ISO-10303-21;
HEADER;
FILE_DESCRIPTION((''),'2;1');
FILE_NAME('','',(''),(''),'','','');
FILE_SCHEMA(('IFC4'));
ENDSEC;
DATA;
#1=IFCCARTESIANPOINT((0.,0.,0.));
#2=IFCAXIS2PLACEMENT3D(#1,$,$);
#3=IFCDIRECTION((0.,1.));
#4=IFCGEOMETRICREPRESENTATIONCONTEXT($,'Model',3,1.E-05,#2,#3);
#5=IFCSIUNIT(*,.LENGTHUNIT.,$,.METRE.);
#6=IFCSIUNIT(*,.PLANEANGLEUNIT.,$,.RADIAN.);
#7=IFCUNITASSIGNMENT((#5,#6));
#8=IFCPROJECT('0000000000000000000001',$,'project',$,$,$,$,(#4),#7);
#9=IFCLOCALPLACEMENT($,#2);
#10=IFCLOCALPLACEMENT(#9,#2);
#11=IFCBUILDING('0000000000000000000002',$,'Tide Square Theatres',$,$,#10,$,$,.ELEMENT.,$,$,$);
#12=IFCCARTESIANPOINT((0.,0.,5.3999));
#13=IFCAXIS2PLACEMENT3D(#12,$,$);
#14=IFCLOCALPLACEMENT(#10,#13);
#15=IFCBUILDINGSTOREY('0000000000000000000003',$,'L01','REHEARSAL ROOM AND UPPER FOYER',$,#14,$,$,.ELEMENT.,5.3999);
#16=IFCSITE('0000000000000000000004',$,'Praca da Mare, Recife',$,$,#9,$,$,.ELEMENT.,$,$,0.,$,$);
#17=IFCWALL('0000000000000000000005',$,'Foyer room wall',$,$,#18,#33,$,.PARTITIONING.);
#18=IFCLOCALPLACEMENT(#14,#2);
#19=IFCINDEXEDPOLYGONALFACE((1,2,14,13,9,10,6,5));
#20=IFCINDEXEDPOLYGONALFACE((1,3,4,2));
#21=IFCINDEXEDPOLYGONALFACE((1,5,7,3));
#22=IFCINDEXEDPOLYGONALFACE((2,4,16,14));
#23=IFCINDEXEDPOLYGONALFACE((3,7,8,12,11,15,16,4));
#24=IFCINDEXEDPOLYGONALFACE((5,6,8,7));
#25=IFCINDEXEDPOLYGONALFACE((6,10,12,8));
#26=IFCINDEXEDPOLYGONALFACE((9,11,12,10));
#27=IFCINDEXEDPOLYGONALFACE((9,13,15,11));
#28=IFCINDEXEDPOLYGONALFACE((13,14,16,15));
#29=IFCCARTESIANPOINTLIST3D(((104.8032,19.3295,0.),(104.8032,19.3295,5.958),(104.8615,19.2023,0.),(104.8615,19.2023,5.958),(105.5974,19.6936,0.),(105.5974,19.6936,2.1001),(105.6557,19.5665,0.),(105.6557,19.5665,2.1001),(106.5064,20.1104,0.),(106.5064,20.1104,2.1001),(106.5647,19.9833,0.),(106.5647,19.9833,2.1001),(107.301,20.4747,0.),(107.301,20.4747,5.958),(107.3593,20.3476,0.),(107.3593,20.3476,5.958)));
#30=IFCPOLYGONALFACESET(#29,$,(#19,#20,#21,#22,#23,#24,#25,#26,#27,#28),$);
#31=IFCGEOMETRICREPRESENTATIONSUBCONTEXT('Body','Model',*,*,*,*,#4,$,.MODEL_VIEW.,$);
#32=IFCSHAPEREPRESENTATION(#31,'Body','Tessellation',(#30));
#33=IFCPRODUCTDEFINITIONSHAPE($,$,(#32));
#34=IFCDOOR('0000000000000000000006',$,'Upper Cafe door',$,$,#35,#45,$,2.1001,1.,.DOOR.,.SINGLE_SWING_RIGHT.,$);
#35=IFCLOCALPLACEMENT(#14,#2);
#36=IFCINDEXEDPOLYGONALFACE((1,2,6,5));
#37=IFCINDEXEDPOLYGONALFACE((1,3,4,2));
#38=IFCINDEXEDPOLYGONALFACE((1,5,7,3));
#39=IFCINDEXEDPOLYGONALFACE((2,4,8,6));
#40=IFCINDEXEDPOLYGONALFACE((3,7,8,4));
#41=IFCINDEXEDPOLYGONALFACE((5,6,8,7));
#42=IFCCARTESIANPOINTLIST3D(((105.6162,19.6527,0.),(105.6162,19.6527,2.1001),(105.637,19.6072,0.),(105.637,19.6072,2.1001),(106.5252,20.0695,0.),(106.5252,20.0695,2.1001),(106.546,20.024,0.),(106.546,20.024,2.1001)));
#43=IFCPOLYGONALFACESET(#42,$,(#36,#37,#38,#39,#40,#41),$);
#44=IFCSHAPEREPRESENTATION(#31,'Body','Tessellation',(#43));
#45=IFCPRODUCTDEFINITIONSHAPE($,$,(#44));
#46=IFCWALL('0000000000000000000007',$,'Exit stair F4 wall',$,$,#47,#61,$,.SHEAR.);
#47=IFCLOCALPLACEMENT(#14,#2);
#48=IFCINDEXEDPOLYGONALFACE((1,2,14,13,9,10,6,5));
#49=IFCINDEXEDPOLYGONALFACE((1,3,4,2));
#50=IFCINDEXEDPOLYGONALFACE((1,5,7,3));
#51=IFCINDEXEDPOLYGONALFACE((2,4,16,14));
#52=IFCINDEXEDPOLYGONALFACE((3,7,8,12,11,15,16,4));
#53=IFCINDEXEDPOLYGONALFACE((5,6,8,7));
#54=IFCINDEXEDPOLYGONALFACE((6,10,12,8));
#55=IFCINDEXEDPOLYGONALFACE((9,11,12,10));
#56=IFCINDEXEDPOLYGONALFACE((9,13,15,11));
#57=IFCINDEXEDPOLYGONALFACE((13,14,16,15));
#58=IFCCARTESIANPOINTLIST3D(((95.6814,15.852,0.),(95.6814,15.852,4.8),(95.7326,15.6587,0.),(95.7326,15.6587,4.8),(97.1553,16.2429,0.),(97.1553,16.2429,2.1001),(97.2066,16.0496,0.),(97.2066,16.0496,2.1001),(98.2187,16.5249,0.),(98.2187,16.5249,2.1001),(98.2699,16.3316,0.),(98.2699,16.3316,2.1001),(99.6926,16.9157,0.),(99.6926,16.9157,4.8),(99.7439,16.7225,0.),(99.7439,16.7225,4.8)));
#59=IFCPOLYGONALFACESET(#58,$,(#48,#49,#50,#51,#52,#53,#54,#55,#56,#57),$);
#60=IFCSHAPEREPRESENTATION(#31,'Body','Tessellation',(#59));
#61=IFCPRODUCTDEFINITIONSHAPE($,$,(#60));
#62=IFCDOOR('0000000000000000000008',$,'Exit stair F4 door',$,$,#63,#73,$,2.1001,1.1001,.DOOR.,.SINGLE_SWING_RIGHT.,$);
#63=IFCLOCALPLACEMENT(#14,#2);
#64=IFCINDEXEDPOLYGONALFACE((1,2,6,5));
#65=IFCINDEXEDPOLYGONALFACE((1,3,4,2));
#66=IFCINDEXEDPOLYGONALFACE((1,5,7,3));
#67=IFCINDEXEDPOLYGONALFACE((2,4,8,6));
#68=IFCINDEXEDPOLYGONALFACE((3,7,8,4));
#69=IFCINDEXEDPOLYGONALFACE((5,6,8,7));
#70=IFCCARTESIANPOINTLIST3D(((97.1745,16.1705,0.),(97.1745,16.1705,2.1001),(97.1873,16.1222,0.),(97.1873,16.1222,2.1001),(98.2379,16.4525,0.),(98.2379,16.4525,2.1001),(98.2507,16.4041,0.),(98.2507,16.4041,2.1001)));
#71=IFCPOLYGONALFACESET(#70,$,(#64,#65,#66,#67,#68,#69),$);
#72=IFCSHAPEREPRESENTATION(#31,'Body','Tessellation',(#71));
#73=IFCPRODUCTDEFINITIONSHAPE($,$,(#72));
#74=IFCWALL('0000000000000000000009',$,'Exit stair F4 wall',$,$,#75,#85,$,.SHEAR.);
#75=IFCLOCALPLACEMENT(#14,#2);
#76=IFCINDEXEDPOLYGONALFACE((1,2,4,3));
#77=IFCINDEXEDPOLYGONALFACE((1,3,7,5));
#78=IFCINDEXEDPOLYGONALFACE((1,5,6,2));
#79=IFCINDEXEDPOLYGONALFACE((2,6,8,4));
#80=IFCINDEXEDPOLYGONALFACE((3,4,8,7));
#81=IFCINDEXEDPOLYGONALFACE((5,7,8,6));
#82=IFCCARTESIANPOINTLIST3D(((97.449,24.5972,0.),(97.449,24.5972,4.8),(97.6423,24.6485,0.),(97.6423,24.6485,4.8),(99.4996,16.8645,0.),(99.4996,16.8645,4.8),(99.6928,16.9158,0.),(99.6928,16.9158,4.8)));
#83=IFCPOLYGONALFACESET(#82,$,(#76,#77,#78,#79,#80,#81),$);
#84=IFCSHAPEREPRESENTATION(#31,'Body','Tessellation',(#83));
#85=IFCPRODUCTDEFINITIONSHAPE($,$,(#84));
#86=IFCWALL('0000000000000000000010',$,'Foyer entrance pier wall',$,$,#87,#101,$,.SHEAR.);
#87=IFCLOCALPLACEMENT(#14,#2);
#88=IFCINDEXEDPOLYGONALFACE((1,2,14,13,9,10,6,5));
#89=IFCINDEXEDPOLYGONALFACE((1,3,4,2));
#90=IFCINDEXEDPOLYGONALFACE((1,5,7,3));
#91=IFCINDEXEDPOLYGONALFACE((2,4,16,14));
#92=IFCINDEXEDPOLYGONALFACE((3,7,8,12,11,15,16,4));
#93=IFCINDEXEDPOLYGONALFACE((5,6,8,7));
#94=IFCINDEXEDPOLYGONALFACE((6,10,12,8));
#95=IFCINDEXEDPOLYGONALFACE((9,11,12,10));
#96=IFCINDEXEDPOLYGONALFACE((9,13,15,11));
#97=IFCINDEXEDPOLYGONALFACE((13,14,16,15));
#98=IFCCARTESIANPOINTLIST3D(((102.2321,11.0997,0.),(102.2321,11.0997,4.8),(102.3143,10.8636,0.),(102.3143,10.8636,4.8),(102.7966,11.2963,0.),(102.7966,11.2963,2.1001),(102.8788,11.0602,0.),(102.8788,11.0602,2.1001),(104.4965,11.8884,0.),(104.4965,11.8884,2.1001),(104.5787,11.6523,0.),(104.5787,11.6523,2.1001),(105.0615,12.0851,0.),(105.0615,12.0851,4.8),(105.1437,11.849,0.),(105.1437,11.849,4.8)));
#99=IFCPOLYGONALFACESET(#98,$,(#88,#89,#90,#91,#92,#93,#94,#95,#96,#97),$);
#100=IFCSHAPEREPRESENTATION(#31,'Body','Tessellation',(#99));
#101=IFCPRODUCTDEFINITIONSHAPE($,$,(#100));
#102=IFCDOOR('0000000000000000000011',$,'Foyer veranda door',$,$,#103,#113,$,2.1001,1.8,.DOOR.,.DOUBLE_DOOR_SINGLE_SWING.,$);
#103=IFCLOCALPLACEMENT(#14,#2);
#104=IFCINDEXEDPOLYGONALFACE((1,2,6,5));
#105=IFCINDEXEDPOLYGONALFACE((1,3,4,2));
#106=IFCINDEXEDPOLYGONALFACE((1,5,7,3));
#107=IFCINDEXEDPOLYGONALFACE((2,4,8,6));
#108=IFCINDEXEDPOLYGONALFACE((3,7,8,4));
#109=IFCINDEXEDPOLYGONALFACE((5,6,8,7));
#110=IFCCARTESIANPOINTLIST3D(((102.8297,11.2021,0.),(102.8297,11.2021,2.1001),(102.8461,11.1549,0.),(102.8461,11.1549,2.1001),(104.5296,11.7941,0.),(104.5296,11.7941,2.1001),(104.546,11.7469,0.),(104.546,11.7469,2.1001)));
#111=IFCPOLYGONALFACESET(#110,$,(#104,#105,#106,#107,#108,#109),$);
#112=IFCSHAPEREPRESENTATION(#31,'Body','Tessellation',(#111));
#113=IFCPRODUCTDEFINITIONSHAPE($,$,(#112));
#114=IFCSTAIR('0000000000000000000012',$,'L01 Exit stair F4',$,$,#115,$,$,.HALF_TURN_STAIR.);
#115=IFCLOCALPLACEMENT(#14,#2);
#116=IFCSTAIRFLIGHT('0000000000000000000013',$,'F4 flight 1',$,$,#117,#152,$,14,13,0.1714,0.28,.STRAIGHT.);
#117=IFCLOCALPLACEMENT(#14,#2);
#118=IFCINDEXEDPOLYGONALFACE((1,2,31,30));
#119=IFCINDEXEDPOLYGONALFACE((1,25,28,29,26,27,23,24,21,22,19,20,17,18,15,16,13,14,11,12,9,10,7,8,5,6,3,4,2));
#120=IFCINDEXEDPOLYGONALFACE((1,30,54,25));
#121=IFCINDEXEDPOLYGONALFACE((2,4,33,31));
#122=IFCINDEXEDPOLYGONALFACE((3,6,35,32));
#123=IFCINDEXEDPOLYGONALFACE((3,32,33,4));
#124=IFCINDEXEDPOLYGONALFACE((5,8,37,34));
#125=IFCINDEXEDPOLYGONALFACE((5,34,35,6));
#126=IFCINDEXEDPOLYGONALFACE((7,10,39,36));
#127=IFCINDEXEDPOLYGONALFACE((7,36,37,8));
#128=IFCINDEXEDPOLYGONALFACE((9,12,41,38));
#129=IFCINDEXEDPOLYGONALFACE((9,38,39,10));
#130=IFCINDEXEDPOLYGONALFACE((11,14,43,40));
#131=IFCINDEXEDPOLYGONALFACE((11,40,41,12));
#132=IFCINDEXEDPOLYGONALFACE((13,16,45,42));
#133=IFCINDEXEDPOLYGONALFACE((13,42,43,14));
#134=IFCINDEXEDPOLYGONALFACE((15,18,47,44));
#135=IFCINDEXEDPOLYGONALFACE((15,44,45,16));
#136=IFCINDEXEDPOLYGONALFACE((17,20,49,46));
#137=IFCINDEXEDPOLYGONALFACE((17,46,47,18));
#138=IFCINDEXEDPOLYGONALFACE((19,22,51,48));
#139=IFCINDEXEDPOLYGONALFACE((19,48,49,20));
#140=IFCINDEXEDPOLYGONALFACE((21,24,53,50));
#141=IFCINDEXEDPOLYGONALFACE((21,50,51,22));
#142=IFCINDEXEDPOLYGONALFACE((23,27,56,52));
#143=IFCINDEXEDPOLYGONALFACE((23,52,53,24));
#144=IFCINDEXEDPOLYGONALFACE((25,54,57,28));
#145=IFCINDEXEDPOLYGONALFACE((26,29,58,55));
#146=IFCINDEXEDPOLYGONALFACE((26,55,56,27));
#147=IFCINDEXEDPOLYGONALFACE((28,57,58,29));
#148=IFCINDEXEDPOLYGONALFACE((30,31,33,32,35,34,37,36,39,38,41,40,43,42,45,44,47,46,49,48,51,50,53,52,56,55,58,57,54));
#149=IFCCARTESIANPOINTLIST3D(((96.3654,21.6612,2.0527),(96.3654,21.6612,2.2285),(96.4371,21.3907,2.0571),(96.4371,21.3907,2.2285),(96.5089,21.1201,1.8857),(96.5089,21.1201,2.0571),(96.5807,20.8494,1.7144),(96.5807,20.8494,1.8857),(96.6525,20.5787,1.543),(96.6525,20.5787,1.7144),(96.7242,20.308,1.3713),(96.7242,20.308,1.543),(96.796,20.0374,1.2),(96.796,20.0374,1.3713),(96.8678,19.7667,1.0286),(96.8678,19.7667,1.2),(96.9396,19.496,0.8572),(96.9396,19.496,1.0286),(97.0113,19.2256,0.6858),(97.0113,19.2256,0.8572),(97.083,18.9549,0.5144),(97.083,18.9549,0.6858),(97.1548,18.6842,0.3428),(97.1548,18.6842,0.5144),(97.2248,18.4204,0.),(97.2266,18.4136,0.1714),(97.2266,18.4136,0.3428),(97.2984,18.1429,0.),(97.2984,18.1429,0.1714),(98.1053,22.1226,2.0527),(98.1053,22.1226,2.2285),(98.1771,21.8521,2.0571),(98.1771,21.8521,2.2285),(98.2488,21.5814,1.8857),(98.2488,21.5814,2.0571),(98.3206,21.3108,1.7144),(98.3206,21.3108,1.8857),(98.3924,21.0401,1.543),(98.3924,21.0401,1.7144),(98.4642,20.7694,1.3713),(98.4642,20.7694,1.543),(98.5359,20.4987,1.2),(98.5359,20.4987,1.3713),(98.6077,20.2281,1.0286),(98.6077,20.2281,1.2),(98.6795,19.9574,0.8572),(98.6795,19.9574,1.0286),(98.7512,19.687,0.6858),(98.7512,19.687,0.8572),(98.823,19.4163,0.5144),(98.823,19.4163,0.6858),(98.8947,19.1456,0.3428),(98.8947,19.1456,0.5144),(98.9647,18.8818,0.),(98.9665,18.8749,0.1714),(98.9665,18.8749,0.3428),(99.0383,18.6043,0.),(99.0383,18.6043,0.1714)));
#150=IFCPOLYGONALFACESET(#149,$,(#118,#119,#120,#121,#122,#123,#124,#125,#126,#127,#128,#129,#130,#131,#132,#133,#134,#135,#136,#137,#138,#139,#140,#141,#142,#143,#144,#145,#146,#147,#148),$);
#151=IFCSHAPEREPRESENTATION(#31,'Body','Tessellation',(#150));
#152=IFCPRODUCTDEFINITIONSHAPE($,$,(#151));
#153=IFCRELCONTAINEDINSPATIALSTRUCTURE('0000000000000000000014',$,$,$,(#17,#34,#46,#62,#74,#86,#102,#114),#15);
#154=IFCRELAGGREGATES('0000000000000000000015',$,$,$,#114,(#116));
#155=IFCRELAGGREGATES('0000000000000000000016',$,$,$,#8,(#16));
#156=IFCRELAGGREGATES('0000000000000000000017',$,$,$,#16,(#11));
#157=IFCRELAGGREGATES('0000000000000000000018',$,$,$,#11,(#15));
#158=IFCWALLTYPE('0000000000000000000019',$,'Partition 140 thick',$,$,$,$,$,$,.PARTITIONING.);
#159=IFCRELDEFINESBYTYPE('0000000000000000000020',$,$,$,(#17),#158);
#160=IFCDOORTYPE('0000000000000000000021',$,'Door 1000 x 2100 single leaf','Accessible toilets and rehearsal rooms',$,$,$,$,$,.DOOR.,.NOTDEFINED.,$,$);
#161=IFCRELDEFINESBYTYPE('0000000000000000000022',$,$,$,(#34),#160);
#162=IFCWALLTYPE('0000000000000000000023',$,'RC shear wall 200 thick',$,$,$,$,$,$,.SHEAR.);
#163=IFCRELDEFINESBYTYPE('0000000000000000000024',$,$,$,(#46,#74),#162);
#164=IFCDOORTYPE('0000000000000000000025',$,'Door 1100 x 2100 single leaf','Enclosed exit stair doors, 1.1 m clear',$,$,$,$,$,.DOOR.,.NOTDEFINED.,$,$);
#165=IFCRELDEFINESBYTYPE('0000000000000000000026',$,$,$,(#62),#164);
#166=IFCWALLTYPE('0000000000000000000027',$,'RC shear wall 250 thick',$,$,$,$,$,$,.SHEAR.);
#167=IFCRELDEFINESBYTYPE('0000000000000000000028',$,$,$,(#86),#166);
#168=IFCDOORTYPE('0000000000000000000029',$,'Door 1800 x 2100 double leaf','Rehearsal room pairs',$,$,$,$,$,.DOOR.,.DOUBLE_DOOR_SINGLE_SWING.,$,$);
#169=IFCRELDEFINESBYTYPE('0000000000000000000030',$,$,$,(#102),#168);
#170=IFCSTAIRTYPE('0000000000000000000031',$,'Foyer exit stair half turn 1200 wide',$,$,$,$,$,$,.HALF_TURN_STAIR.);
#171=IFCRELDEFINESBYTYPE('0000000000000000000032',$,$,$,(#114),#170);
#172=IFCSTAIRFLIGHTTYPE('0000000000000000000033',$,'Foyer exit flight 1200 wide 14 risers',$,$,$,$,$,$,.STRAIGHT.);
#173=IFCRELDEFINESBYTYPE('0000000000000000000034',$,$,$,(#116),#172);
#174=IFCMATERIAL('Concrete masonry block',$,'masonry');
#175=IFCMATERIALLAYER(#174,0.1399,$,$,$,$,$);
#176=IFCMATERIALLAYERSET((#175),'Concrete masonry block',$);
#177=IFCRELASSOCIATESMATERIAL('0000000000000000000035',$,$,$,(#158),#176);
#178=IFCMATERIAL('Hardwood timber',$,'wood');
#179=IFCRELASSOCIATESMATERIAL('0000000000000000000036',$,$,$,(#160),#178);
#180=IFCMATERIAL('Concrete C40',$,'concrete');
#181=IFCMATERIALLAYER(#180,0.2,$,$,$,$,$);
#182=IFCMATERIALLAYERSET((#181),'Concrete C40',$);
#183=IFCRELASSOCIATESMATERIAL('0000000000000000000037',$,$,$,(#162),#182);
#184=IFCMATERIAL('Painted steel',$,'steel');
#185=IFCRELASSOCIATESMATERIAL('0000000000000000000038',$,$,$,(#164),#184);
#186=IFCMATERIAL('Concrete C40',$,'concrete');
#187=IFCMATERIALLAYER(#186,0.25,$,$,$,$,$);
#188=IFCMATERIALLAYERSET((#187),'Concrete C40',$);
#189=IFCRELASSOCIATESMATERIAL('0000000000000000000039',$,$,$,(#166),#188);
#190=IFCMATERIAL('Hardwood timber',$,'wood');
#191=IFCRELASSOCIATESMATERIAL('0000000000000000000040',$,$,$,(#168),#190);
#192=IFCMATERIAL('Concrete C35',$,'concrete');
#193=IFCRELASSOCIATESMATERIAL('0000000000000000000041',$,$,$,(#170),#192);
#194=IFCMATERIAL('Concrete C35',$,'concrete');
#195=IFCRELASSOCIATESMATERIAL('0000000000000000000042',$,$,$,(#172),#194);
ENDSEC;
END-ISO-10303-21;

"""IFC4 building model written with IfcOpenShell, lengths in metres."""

from ifc_helpers import new_model, si_unit, direction, frame, frame_2d, origin, place, context, subcontext, project, spatial, polyline, rectangle, outline, extrude, material, layer, layer_set, type_object, element, fill, aggregate, save


model = new_model("IFC4")

# Units and contexts
model_context = context("Model", 3, precision=1e-05, world=origin(), true_north=direction((0.0, 1.0)))
body_context = subcontext(model_context, "Body", "Model", "MODEL_VIEW")
ifc_project = project(units=[si_unit("LENGTHUNIT", "METRE"), si_unit("PLANEANGLEUNIT", "RADIAN")], contexts=[model_context])

# Site, building, storey
site_placement = place(None, origin())
site = spatial("IfcSite", under=ifc_project, at=site_placement, Name="Praca da Mare, Recife", CompositionType="ELEMENT", RefElevation=0.0)
building_placement = place(site_placement, origin())
building = spatial("IfcBuilding", under=site, at=building_placement, Name="Tide Square Theatres", CompositionType="ELEMENT")
storey_placement = place(building_placement, frame((0.0, 0.0, 5.3999)))
storey = spatial("IfcBuildingStorey", under=building, at=storey_placement, Name="L01", Description="REHEARSAL ROOM AND UPPER FOYER", CompositionType="ELEMENT", Elevation=5.3999)

# Shared definitions
ifc_material_1 = material(Name="Concrete masonry block", Category="masonry")
ifc_layer_1 = layer(ifc_material_1, 0.1399)
ifc_layer_set_1 = layer_set([ifc_layer_1], Name="Concrete masonry block")
wall_type_1 = type_object("IfcWallType", Name="Partition 140 thick", PredefinedType="PARTITIONING", material=ifc_layer_set_1)

# Walls, openings, doors
wall_1_placement = place(storey_placement, frame((104.8323, 19.2659, 0.0), z_axis=(0.0, 0.0, 1.0), x_axis=(0.909005, 0.416786, 0.0)))
wall_1 = element("IfcWall", 1, at=wall_1_placement, inside=storey, type_object=wall_type_1, Name="Foyer room wall", PredefinedType="PARTITIONING", context=body_context, shape_type="SweptSolid", body=[
    extrude(rectangle(XDim=2.7478, YDim=0.1399, at=frame_2d((1.374, 0.0))), origin(), (0.0, 0.0, 1.0), 5.958),
])
opening_1_placement = place(wall_1_placement, frame((0.8738, 0.0, 0.0)))
opening_1 = element("IfcOpeningElement", 2, at=opening_1_placement, cuts=wall_1, PredefinedType="OPENING", context=body_context, shape_type="SweptSolid", body=[
    extrude(rectangle(XDim=1.0, YDim=2.1001, at=frame_2d((0.5, 1.05))), frame((0.0, 0.0798, 0.0), z_axis=(0.0, -1.0, 0.0), x_axis=(1.0, 0.0, 0.0)), (0.0, 0.0, 1.0), 0.1599),
])
ifc_material_2 = material(Name="Hardwood timber", Category="wood")
door_type_1 = type_object("IfcDoorType", Name="Door 1000 x 2100 single leaf", Description="Accessible toilets and rehearsal rooms", OperationType="NOTDEFINED", PredefinedType="DOOR", material=ifc_material_2)
door_1_placement = place(opening_1_placement, origin())
door_1 = element("IfcDoor", 3, at=door_1_placement, inside=storey, type_object=door_type_1, Name="Upper Cafe door", OperationType="SINGLE_SWING_RIGHT", OverallHeight=2.1001, OverallWidth=1.0, PredefinedType="DOOR", context=body_context, shape_type="SweptSolid", body=[
    extrude(rectangle(XDim=1.0, YDim=2.1001, at=frame_2d((0.5, 1.05))), frame((0.0, 0.0249, 0.0), z_axis=(0.0, -1.0, 0.0), x_axis=(1.0, 0.0, 0.0)), (0.0, 0.0, 1.0), 0.05),
])
fill(opening_1, door_1)
ifc_material_3 = material(Name="Concrete C40", Category="concrete")
ifc_layer_2 = layer(ifc_material_3, 0.2)
ifc_layer_set_2 = layer_set([ifc_layer_2], Name="Concrete C40")
wall_type_2 = type_object("IfcWallType", Name="RC shear wall 200 thick", PredefinedType="SHEAR", material=ifc_layer_set_2)
wall_2_placement = place(storey_placement, frame((99.7183, 16.8191, 0.0), z_axis=(0.0, 0.0, 1.0), x_axis=(-0.96659, -0.256326, 0.0)))
wall_2 = element("IfcWall", 4, at=wall_2_placement, inside=storey, type_object=wall_type_2, Name="Exit stair F4 wall", PredefinedType="SHEAR", context=body_context, shape_type="SweptSolid", body=[
    extrude(rectangle(XDim=4.1499, YDim=0.2, at=frame_2d((2.075, 0.0))), origin(), (0.0, 0.0, 1.0), 4.8),
])
opening_2_placement = place(wall_2_placement, frame((1.5249, 0.0, 0.0)))
opening_2 = element("IfcOpeningElement", 5, at=opening_2_placement, cuts=wall_2, PredefinedType="OPENING", context=body_context, shape_type="SweptSolid", body=[
    extrude(rectangle(XDim=1.1001, YDim=2.1001, at=frame_2d((0.55, 1.05))), frame((0.0, 0.1099, 0.0), z_axis=(0.0, -1.0, 0.0), x_axis=(1.0, 0.0, 0.0)), (0.0, 0.0, 1.0), 0.22),
])
ifc_material_4 = material(Name="Painted steel", Category="steel")
door_type_2 = type_object("IfcDoorType", Name="Door 1100 x 2100 single leaf", Description="Enclosed exit stair doors, 1.1 m clear", OperationType="NOTDEFINED", PredefinedType="DOOR", material=ifc_material_4)
door_2_placement = place(opening_2_placement, origin())
door_2 = element("IfcDoor", 6, at=door_2_placement, inside=storey, type_object=door_type_2, Name="Exit stair F4 door", OperationType="SINGLE_SWING_RIGHT", OverallHeight=2.1001, OverallWidth=1.1001, PredefinedType="DOOR", context=body_context, shape_type="SweptSolid", body=[
    extrude(rectangle(XDim=1.1001, YDim=2.1001, at=frame_2d((0.55, 1.05))), frame((0.0, 0.0249, 0.0), z_axis=(0.0, -1.0, 0.0), x_axis=(1.0, 0.0, 0.0)), (0.0, 0.0, 1.0), 0.05),
])
fill(opening_2, door_2)

# Wall
wall_3_placement = place(storey_placement, frame((99.5962, 16.8901, 0.0), z_axis=(0.0, 0.0, 1.0), x_axis=(-0.256319, 0.966592, 0.0)))
element("IfcWall", 7, at=wall_3_placement, inside=storey, type_object=wall_type_2, Name="Exit stair F4 wall", PredefinedType="SHEAR", context=body_context, shape_type="SweptSolid", body=[
    extrude(rectangle(XDim=8.0, YDim=0.2, at=frame_2d((4.0, 0.0))), origin(), (0.0, 0.0, 1.0), 4.8),
])

# Wall, opening, door
ifc_material_5 = material(Name="Concrete C40", Category="concrete")
ifc_layer_3 = layer(ifc_material_5, 0.25)
ifc_layer_set_3 = layer_set([ifc_layer_3], Name="Concrete C40")
wall_type_3 = type_object("IfcWallType", Name="RC shear wall 250 thick", PredefinedType="SHEAR", material=ifc_layer_set_3)
wall_4_placement = place(storey_placement, frame((102.2732, 10.9817, 0.0), z_axis=(0.0, 0.0, 1.0), x_axis=(0.944369, 0.328887, 0.0)))
wall_4 = element("IfcWall", 8, at=wall_4_placement, inside=storey, type_object=wall_type_3, Name="Foyer entrance pier wall", PredefinedType="SHEAR", context=body_context, shape_type="SweptSolid", body=[
    extrude(rectangle(XDim=2.9961, YDim=0.25, at=frame_2d((1.498, 0.0))), origin(), (0.0, 0.0, 1.0), 4.8),
])
opening_3_placement = place(wall_4_placement, frame((0.5979, 0.0, 0.0)))
opening_3 = element("IfcOpeningElement", 9, at=opening_3_placement, cuts=wall_4, PredefinedType="OPENING", context=body_context, shape_type="SweptSolid", body=[
    extrude(rectangle(XDim=1.8, YDim=2.1001, at=frame_2d((0.8999, 1.05))), frame((0.0, 0.135, 0.0), z_axis=(0.0, -1.0, 0.0), x_axis=(1.0, 0.0, 0.0)), (0.0, 0.0, 1.0), 0.27),
])
ifc_material_6 = material(Name="Hardwood timber", Category="wood")
door_type_3 = type_object("IfcDoorType", Name="Door 1800 x 2100 double leaf", Description="Rehearsal room pairs", OperationType="DOUBLE_DOOR_SINGLE_SWING", PredefinedType="DOOR", material=ifc_material_6)
door_3_placement = place(opening_3_placement, frame((1.8, 0.0, 0.0), z_axis=(0.0, 0.0, 1.0), x_axis=(-1.0, 0.0, 0.0)))
door_3 = element("IfcDoor", 10, at=door_3_placement, inside=storey, type_object=door_type_3, Name="Foyer veranda door", OperationType="DOUBLE_DOOR_SINGLE_SWING", OverallHeight=2.1001, OverallWidth=1.8, PredefinedType="DOOR", context=body_context, shape_type="SweptSolid", body=[
    extrude(rectangle(XDim=1.8, YDim=2.1001, at=frame_2d((0.8999, 1.05))), frame((0.0, 0.0249, 0.0), z_axis=(0.0, -1.0, 0.0), x_axis=(1.0, 0.0, 0.0)), (0.0, 0.0, 1.0), 0.05),
])
fill(opening_3, door_3)

# Stair, stair flight
ifc_material_7 = material(Name="Concrete C35", Category="concrete")
stair_type = type_object("IfcStairType", Name="Foyer exit stair half turn 1200 wide", PredefinedType="HALF_TURN_STAIR", material=ifc_material_7)
stair_placement = place(storey_placement, origin())
stair = element("IfcStair", 11, at=stair_placement, inside=storey, type_object=stair_type, Name="L01 Exit stair F4", PredefinedType="HALF_TURN_STAIR")
ifc_material_8 = material(Name="Concrete C35", Category="concrete")
stair_flight_type = type_object("IfcStairFlightType", Name="Foyer exit flight 1200 wide 14 risers", PredefinedType="STRAIGHT", material=ifc_material_8)
stair_flight_placement = place(storey_placement, frame((98.1682, 18.3735, 0.0), z_axis=(0.0, 0.0, 1.0), x_axis=(-0.256311, 0.966594, 0.0)))
stair_flight = element("IfcStairFlight", 12, at=stair_flight_placement, type_object=stair_flight_type, Name="F4 flight 1", NumberOfRisers=14, NumberOfTreads=13, PredefinedType="STRAIGHT", RiserHeight=0.1714, TreadLength=0.28, context=body_context, shape_type="SweptSolid", body=[
    extrude(outline(polyline([(0.0, 0.0), (0.0, 0.1714), (0.28, 0.1714), (0.28, 0.3428), (0.5601, 0.3428), (0.5601, 0.5144), (0.8401, 0.5144), (0.8401, 0.6858), (1.1201, 0.6858), (1.1201, 0.8572), (1.3999, 0.8572), (1.3999, 1.0286), (1.6799, 1.0286), (1.6799, 1.2), (1.96, 1.2), (1.96, 1.3713), (2.24, 1.3713), (2.24, 1.543), (2.52, 1.543), (2.52, 1.7144), (2.8, 1.7144), (2.8, 1.8857), (3.0801, 1.8857), (3.0801, 2.0571), (3.3601, 2.0571), (3.3601, 2.2285), (3.6399, 2.2285), (3.6399, 2.3999), (3.6399, 2.0527), (0.2871, 0.0), (0.0, 0.0)])), frame((0.0, 0.8999, 0.0), z_axis=(0.0, -1.0, 0.0), x_axis=(1.0, 0.0, 0.0)), (0.0, 0.0, 1.0), 1.8),
])
aggregate(stair, [stair_flight])

save(model, "model.ifc")
